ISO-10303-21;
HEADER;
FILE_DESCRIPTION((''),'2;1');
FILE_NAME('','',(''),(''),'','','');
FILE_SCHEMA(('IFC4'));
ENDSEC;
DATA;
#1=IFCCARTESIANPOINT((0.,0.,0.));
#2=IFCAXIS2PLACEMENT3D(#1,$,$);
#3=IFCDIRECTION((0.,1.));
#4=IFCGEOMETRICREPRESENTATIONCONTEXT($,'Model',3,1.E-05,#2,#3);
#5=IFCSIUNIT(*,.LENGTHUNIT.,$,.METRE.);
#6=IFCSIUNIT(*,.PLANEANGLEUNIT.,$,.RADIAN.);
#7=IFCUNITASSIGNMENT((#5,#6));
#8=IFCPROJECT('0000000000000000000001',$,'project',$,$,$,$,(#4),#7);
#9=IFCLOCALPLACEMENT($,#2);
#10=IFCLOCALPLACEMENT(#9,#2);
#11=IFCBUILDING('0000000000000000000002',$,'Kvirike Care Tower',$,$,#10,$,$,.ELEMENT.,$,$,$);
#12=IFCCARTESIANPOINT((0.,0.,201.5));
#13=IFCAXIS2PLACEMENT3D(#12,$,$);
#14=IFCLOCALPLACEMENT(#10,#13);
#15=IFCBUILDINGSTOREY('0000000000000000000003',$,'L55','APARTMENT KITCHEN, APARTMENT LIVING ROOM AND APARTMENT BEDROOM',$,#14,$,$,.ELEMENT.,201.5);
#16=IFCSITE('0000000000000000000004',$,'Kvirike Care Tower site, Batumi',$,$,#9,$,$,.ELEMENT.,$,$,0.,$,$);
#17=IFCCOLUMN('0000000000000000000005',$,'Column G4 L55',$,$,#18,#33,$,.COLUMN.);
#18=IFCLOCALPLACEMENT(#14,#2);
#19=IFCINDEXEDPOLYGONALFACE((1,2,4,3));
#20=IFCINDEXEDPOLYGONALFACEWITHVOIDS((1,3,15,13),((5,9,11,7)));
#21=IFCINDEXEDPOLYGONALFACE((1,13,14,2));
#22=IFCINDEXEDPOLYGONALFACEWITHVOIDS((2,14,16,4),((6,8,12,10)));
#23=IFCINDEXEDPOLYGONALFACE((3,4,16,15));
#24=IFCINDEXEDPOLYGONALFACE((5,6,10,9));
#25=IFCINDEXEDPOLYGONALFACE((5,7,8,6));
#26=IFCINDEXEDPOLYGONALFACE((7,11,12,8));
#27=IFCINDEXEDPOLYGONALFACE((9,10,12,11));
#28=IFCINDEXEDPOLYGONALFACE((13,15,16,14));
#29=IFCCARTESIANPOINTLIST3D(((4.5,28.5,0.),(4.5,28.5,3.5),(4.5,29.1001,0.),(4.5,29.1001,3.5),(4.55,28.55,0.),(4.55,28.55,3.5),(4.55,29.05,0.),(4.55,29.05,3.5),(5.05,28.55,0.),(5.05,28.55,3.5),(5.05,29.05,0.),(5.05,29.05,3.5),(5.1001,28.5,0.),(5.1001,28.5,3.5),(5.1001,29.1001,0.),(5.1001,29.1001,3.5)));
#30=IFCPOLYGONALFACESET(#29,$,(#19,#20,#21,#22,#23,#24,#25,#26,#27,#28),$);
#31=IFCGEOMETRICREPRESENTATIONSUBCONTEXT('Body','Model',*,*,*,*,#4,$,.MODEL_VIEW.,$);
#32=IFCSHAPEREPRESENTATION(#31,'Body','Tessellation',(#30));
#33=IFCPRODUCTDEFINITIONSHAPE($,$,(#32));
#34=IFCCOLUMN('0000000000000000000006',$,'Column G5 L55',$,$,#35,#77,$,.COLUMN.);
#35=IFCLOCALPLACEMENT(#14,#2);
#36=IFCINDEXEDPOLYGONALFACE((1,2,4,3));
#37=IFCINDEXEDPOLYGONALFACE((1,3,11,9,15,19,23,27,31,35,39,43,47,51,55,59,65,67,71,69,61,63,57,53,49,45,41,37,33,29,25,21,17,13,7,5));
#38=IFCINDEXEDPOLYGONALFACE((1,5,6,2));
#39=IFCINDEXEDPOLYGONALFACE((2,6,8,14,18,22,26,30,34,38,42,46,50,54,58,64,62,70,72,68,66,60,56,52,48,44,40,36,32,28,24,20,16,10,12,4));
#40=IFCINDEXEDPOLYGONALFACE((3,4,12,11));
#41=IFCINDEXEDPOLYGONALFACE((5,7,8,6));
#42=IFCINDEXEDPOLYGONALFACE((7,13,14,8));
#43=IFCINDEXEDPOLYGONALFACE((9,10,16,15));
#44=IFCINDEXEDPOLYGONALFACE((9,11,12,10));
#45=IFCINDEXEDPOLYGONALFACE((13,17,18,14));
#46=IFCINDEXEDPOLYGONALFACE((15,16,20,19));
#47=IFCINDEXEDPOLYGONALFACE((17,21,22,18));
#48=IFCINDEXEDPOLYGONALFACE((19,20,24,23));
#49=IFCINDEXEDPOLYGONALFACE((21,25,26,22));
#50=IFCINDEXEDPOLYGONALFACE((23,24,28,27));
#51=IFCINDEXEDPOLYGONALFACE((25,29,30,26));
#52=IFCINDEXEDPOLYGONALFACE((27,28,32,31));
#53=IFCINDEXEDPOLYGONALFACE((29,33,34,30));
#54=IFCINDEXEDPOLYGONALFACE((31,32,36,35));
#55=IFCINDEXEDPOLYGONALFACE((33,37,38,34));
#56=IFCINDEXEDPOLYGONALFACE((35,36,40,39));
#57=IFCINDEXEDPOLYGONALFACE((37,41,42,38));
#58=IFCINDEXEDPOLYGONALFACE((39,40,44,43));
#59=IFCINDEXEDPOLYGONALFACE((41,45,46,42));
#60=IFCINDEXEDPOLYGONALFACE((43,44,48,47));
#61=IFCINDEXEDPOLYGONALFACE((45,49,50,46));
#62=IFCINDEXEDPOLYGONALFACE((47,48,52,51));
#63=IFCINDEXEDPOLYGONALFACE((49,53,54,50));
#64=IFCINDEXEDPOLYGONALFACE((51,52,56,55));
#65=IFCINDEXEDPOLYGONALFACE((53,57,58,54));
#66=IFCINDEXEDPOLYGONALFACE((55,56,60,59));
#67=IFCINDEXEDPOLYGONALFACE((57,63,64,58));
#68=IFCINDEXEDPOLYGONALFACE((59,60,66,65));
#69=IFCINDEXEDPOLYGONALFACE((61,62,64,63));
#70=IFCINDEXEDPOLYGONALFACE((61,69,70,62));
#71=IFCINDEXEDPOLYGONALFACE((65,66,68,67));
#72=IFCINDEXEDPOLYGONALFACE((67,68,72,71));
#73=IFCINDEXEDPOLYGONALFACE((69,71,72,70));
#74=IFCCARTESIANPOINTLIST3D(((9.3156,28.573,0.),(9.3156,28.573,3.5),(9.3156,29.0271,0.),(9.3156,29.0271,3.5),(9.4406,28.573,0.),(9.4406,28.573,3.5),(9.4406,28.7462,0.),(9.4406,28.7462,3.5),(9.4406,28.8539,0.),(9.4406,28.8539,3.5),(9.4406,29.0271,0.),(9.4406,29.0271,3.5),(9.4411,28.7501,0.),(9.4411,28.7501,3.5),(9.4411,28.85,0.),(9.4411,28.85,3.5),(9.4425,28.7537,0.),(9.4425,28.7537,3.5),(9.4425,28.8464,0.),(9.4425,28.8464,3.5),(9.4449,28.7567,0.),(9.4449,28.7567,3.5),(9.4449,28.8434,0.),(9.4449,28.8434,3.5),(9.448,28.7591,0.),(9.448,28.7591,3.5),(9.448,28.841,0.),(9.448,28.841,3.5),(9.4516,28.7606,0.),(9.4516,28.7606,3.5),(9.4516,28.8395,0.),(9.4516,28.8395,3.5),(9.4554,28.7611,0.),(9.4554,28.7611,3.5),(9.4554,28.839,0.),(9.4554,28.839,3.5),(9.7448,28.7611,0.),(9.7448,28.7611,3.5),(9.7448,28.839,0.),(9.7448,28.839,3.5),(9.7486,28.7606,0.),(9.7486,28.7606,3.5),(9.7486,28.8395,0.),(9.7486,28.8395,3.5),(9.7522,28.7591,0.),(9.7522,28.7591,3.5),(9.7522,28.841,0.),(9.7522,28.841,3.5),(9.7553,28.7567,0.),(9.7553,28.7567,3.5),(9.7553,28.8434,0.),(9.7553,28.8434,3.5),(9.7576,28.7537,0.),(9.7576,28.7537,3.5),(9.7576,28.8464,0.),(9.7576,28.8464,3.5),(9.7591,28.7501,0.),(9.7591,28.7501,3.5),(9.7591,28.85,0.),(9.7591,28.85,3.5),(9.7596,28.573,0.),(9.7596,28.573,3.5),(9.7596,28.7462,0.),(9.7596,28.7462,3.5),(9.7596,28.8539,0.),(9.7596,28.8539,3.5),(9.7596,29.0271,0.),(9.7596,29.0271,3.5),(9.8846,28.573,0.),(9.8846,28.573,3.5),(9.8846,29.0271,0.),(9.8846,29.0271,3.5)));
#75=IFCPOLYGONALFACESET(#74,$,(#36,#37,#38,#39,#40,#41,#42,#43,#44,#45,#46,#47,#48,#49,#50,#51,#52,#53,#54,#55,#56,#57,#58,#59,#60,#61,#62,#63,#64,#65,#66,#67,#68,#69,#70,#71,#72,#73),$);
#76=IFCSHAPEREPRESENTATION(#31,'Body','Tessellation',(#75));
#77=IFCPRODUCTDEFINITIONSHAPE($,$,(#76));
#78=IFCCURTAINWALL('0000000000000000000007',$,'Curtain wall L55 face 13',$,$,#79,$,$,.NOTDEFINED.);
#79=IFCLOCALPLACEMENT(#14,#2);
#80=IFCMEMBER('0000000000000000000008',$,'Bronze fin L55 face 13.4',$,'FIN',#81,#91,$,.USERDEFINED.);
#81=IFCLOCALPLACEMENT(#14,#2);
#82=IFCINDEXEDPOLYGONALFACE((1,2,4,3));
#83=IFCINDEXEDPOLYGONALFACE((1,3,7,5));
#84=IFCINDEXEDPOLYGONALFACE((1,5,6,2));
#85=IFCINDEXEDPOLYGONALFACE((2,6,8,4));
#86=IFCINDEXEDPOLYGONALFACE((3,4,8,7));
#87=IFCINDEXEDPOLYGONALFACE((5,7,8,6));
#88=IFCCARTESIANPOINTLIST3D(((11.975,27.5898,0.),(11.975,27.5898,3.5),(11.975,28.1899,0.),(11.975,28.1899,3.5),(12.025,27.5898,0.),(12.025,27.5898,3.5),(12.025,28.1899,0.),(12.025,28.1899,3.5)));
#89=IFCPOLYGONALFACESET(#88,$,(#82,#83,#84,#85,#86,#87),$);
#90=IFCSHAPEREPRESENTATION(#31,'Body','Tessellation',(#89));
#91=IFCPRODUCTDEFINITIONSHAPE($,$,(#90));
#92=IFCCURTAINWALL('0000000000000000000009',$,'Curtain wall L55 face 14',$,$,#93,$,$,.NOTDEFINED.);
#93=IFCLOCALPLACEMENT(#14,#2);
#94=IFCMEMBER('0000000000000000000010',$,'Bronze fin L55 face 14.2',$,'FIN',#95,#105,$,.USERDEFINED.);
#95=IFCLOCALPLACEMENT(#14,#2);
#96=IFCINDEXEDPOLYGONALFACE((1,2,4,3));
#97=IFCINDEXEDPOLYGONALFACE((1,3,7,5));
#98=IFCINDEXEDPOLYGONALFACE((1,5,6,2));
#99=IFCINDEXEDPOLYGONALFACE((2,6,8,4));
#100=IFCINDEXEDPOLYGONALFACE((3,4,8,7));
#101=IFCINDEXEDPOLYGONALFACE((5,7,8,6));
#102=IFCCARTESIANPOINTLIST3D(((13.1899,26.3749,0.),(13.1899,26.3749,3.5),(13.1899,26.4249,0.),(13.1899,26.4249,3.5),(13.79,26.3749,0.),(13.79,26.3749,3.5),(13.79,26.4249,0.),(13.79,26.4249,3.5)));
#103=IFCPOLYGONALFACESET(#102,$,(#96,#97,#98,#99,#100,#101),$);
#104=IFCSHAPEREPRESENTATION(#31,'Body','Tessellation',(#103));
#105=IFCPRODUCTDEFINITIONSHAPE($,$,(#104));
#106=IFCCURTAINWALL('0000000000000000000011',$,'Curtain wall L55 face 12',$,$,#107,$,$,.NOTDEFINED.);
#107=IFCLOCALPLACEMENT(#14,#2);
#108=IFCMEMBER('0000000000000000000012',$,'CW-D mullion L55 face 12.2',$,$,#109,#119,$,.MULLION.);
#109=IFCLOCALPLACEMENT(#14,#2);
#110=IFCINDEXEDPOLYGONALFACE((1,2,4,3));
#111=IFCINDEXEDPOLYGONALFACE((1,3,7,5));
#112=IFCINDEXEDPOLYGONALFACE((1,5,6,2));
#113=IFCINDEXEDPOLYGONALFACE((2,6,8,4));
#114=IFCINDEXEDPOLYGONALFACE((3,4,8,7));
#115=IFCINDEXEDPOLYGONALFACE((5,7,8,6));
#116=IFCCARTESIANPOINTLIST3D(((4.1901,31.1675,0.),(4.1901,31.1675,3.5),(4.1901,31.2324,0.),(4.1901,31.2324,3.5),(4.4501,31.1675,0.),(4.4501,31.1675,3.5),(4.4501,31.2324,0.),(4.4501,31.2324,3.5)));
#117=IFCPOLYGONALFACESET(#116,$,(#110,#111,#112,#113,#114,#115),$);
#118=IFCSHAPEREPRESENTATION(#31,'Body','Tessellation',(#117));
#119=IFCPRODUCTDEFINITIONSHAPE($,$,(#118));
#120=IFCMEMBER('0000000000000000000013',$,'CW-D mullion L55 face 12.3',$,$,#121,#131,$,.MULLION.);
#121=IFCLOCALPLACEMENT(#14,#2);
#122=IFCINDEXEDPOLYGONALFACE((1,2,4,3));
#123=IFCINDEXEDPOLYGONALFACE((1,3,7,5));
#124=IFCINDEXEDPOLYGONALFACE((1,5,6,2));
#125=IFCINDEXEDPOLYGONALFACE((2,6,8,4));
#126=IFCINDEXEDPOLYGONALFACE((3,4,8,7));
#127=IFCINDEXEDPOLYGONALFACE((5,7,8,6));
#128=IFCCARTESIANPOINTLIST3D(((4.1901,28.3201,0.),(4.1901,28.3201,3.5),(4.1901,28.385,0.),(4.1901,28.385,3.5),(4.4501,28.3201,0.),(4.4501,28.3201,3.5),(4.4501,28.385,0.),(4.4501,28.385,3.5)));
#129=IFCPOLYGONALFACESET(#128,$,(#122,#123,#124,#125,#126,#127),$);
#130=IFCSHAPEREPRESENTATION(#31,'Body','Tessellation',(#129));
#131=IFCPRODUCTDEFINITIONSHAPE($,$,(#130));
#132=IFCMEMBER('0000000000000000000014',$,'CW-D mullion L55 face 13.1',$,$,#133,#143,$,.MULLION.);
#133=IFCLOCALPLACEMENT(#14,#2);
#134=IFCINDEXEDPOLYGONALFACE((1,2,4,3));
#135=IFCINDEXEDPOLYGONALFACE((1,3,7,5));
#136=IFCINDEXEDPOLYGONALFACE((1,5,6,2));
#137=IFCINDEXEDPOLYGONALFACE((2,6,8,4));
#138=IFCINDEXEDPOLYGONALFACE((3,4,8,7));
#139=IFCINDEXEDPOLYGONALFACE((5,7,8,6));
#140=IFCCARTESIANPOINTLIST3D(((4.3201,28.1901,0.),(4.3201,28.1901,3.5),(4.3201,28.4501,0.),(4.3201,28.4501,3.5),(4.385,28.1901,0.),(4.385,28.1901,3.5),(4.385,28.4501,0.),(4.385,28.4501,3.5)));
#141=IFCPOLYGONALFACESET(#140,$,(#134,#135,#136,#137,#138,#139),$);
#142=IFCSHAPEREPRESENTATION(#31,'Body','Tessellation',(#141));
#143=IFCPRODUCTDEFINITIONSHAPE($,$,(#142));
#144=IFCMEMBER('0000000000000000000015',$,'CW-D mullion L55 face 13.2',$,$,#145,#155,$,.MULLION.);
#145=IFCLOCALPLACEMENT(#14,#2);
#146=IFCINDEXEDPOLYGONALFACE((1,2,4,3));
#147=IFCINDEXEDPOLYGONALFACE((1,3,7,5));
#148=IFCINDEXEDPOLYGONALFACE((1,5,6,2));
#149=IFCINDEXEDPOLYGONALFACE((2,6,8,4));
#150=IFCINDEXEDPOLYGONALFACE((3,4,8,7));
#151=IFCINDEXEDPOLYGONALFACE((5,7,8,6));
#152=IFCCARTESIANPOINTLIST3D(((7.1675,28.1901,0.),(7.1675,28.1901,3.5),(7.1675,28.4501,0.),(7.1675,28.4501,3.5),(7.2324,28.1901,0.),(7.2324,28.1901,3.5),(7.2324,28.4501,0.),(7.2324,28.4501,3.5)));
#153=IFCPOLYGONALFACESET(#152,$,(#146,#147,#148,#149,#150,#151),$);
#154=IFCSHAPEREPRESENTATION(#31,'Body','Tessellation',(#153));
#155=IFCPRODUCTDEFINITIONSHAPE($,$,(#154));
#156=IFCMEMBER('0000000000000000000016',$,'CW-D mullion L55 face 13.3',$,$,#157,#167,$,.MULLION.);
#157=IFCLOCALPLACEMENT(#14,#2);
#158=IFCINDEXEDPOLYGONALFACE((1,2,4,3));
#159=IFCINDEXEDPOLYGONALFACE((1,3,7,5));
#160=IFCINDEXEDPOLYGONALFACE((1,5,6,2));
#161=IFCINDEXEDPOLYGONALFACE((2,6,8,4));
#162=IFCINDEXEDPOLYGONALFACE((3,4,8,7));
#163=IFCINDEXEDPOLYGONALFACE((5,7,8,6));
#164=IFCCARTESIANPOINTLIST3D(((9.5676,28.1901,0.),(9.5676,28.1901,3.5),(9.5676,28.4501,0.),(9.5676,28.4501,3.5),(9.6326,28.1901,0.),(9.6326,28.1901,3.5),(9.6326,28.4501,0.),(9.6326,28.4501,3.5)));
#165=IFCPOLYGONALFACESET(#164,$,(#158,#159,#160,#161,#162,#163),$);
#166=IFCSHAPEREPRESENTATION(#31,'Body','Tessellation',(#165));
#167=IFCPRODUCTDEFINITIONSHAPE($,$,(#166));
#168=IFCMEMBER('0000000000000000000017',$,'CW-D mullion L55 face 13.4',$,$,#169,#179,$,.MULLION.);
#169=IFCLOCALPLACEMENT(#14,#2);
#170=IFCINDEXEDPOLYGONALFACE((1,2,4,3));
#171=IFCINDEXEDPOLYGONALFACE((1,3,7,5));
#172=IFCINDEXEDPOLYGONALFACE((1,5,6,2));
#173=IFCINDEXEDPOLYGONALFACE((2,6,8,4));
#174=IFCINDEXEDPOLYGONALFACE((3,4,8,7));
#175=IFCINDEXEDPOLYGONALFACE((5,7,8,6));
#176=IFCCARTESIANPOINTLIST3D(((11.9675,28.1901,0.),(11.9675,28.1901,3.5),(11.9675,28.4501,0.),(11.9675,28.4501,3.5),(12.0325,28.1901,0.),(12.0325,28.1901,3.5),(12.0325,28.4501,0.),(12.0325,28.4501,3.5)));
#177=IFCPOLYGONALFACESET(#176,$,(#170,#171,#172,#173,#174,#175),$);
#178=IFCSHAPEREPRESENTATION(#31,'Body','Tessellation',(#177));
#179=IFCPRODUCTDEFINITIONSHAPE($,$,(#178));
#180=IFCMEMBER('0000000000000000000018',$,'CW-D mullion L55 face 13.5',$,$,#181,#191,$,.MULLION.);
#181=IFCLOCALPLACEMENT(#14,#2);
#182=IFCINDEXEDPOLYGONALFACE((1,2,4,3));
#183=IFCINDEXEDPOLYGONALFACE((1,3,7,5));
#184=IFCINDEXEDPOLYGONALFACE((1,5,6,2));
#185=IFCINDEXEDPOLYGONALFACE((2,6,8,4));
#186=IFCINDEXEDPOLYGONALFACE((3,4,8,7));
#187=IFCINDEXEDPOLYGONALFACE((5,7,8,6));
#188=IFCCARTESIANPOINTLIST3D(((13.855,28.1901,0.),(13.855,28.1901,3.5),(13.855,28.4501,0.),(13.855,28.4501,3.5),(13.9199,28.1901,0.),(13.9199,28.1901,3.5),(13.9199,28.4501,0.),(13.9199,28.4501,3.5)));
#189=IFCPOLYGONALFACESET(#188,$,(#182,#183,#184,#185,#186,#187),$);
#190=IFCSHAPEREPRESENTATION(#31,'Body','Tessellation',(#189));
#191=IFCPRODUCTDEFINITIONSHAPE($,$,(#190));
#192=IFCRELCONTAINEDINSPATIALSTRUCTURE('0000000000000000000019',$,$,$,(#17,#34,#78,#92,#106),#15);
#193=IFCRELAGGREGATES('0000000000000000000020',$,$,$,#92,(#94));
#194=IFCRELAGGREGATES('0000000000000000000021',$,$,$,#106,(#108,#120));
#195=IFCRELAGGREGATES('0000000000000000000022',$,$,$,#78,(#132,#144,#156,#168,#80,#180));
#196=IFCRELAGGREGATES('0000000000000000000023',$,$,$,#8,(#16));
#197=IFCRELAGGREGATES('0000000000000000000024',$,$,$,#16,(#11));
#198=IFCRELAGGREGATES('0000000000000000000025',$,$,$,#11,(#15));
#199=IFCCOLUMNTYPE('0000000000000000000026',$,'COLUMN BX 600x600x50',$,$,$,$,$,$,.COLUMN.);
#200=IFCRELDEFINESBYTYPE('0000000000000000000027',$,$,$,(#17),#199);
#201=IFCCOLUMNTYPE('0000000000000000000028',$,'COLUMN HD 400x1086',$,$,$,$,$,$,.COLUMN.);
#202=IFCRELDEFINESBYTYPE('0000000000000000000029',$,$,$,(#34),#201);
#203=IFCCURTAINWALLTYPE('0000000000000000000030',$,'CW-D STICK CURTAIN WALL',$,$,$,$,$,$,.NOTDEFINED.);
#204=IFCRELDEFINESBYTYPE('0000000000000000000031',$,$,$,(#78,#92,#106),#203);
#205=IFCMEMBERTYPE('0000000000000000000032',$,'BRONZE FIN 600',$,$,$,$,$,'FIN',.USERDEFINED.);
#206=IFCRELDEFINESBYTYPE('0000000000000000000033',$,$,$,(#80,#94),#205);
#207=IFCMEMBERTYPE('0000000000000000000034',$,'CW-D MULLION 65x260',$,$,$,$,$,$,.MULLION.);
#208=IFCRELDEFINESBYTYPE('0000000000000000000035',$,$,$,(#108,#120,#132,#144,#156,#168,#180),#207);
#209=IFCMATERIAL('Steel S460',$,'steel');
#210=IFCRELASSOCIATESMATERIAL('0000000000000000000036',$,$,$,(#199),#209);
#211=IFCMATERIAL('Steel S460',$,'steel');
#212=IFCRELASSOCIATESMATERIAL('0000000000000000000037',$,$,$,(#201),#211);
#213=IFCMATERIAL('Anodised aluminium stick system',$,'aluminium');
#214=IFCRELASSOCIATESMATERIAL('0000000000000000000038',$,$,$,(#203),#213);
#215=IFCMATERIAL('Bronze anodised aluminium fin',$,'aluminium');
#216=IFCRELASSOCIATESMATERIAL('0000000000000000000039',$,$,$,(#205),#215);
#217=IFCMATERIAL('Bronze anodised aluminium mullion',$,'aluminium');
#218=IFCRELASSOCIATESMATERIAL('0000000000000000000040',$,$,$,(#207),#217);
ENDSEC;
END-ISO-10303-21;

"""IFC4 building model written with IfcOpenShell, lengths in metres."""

from ifc_helpers import new_model, si_unit, direction, frame, origin, origin_2d, place, context, subcontext, project, spatial, rectangle, hollow_rectangle, i_section, extrude, material, material_profile, profile_set, type_object, element, aggregate, save


model = new_model("IFC4")

# Units and contexts
model_context = context("Model", 3, precision=1e-05, world=origin(), true_north=direction((0.0, 1.0)))
body_context = subcontext(model_context, "Body", "Model", "MODEL_VIEW")
ifc_project = project(units=[si_unit("LENGTHUNIT", "METRE"), si_unit("PLANEANGLEUNIT", "RADIAN")], contexts=[model_context])

# Site, building, storey
site_placement = place(None, origin())
site = spatial("IfcSite", under=ifc_project, at=site_placement, Name="Kvirike Care Tower site, Batumi", CompositionType="ELEMENT", RefElevation=0.0)
building_placement = place(site_placement, origin())
building = spatial("IfcBuilding", under=site, at=building_placement, Name="Kvirike Care Tower", CompositionType="ELEMENT")
storey_placement = place(building_placement, frame((0.0, 0.0, 201.5)))
storey = spatial("IfcBuildingStorey", under=building, at=storey_placement, Name="L55", Description="APARTMENT KITCHEN, APARTMENT LIVING ROOM AND APARTMENT BEDROOM", CompositionType="ELEMENT", Elevation=201.5)

# Columns
ifc_material_1 = material(Name="Steel S460", Category="steel")
ifc_material_profile_1 = material_profile(ifc_material_1, hollow_rectangle(XDim=0.6001, YDim=0.6001, WallThickness=0.05, at=origin_2d()), Name="BX 600x600x50")
ifc_profile_set_1 = profile_set([ifc_material_profile_1], Name="Steel S460")
column_type_1 = type_object("IfcColumnType", Name="COLUMN BX 600x600x50", PredefinedType="COLUMN", material=ifc_profile_set_1)
column_1_placement = place(storey_placement, frame((4.8, 28.8, 0.0), z_axis=(0.0, 0.0, 1.0), x_axis=(0.0, 1.0, 0.0)))
element("IfcColumn", 1, at=column_1_placement, inside=storey, type_object=column_type_1, Name="Column G4 L55", PredefinedType="COLUMN", context=body_context, shape_type="SweptSolid", body=[
    extrude(hollow_rectangle(XDim=0.6001, YDim=0.6001, WallThickness=0.05, at=origin_2d()), origin(), (0.0, 0.0, 1.0), 3.5),
])
ifc_material_2 = material(Name="Steel S460", Category="steel")
ifc_material_profile_2 = material_profile(ifc_material_2, i_section(OverallWidth=0.4541, OverallDepth=0.5691, WebThickness=0.0779, FlangeThickness=0.125, FilletRadius=0.0149, at=origin_2d()), Name="HD 400x1086")
ifc_profile_set_2 = profile_set([ifc_material_profile_2], Name="Steel S460")
column_type_2 = type_object("IfcColumnType", Name="COLUMN HD 400x1086", PredefinedType="COLUMN", material=ifc_profile_set_2)
column_2_placement = place(storey_placement, frame((9.6001, 28.8, 0.0), z_axis=(0.0, 0.0, 1.0), x_axis=(0.0, 1.0, 0.0)))
element("IfcColumn", 2, at=column_2_placement, inside=storey, type_object=column_type_2, Name="Column G5 L55", PredefinedType="COLUMN", context=body_context, shape_type="SweptSolid", body=[
    extrude(i_section(OverallWidth=0.4541, OverallDepth=0.5691, WebThickness=0.0779, FlangeThickness=0.125, FilletRadius=0.0149, at=origin_2d()), origin(), (0.0, 0.0, 1.0), 3.5),
])

# Curtain walls, members
ifc_material_3 = material(Name="Anodised aluminium stick system", Category="aluminium")
curtain_wall_type = type_object("IfcCurtainWallType", Name="CW-D STICK CURTAIN WALL", PredefinedType="NOTDEFINED", material=ifc_material_3)
curtain_wall_1_placement = place(storey_placement, origin())
curtain_wall_1 = element("IfcCurtainWall", 3, at=curtain_wall_1_placement, inside=storey, type_object=curtain_wall_type, Name="Curtain wall L55 face 13", PredefinedType="NOTDEFINED")
ifc_material_4 = material(Name="Bronze anodised aluminium fin", Category="aluminium")
ifc_material_profile_3 = material_profile(ifc_material_4, rectangle(XDim=0.05, YDim=0.6001, at=origin_2d()), Name="BRONZE FIN 600")
ifc_profile_set_3 = profile_set([ifc_material_profile_3], Name="Bronze anodised aluminium fin")
member_type_1 = type_object("IfcMemberType", Name="BRONZE FIN 600", ElementType="FIN", PredefinedType="USERDEFINED", material=ifc_profile_set_3)
member_1_placement = place(storey_placement, frame((12.0, 27.8899, 0.0), z_axis=(0.0, 0.0, 1.0), x_axis=(1.0, 0.0, 0.0)))
member_1 = element("IfcMember", 4, at=member_1_placement, type_object=member_type_1, Name="Bronze fin L55 face 13.4", ObjectType="FIN", PredefinedType="USERDEFINED", context=body_context, shape_type="SweptSolid", body=[
    extrude(rectangle(XDim=0.05, YDim=0.6001, at=origin_2d()), origin(), (0.0, 0.0, 1.0), 3.5),
])
curtain_wall_2_placement = place(storey_placement, origin())
curtain_wall_2 = element("IfcCurtainWall", 5, at=curtain_wall_2_placement, inside=storey, type_object=curtain_wall_type, Name="Curtain wall L55 face 14", PredefinedType="NOTDEFINED")
member_2_placement = place(storey_placement, frame((13.49, 26.3999, 0.0), z_axis=(0.0, 0.0, 1.0), x_axis=(0.0, -1.0, 0.0)))
member_2 = element("IfcMember", 6, at=member_2_placement, type_object=member_type_1, Name="Bronze fin L55 face 14.2", ObjectType="FIN", PredefinedType="USERDEFINED", context=body_context, shape_type="SweptSolid", body=[
    extrude(rectangle(XDim=0.05, YDim=0.6001, at=origin_2d()), origin(), (0.0, 0.0, 1.0), 3.5),
])
aggregate(curtain_wall_2, [member_2])

# Curtain wall, members
curtain_wall_3_placement = place(storey_placement, origin())
curtain_wall_3 = element("IfcCurtainWall", 7, at=curtain_wall_3_placement, inside=storey, type_object=curtain_wall_type, Name="Curtain wall L55 face 12", PredefinedType="NOTDEFINED")
ifc_material_5 = material(Name="Bronze anodised aluminium mullion", Category="aluminium")
ifc_material_profile_4 = material_profile(ifc_material_5, rectangle(XDim=0.0649, YDim=0.26, at=origin_2d()), Name="CW-D MULLION 65x260")
ifc_profile_set_4 = profile_set([ifc_material_profile_4], Name="Bronze anodised aluminium mullion")
member_type_2 = type_object("IfcMemberType", Name="CW-D MULLION 65x260", PredefinedType="MULLION", material=ifc_profile_set_4)
member_3_placement = place(storey_placement, frame((4.3201, 31.2, 0.0), z_axis=(0.0, 0.0, 1.0), x_axis=(0.0, -1.0, 0.0)))
member_3 = element("IfcMember", 8, at=member_3_placement, type_object=member_type_2, Name="CW-D mullion L55 face 12.2", PredefinedType="MULLION", context=body_context, shape_type="SweptSolid", body=[
    extrude(rectangle(XDim=0.0649, YDim=0.26, at=origin_2d()), origin(), (0.0, 0.0, 1.0), 3.5),
])
member_4_placement = place(storey_placement, frame((4.3201, 28.3525, 0.0), z_axis=(0.0, 0.0, 1.0), x_axis=(0.0, -1.0, 0.0)))
member_4 = element("IfcMember", 9, at=member_4_placement, type_object=member_type_2, Name="CW-D mullion L55 face 12.3", PredefinedType="MULLION", context=body_context, shape_type="SweptSolid", body=[
    extrude(rectangle(XDim=0.0649, YDim=0.26, at=origin_2d()), origin(), (0.0, 0.0, 1.0), 3.5),
])

# Members
member_5_placement = place(storey_placement, frame((4.3525, 28.3201, 0.0), z_axis=(0.0, 0.0, 1.0), x_axis=(1.0, 0.0, 0.0)))
member_5 = element("IfcMember", 10, at=member_5_placement, type_object=member_type_2, Name="CW-D mullion L55 face 13.1", PredefinedType="MULLION", context=body_context, shape_type="SweptSolid", body=[
    extrude(rectangle(XDim=0.0649, YDim=0.26, at=origin_2d()), origin(), (0.0, 0.0, 1.0), 3.5),
])
member_6_placement = place(storey_placement, frame((7.2, 28.3201, 0.0), z_axis=(0.0, 0.0, 1.0), x_axis=(1.0, 0.0, 0.0)))
member_6 = element("IfcMember", 11, at=member_6_placement, type_object=member_type_2, Name="CW-D mullion L55 face 13.2", PredefinedType="MULLION", context=body_context, shape_type="SweptSolid", body=[
    extrude(rectangle(XDim=0.0649, YDim=0.26, at=origin_2d()), origin(), (0.0, 0.0, 1.0), 3.5),
])
member_7_placement = place(storey_placement, frame((9.6001, 28.3201, 0.0), z_axis=(0.0, 0.0, 1.0), x_axis=(1.0, 0.0, 0.0)))
member_7 = element("IfcMember", 12, at=member_7_placement, type_object=member_type_2, Name="CW-D mullion L55 face 13.3", PredefinedType="MULLION", context=body_context, shape_type="SweptSolid", body=[
    extrude(rectangle(XDim=0.0649, YDim=0.26, at=origin_2d()), origin(), (0.0, 0.0, 1.0), 3.5),
])
member_8_placement = place(storey_placement, frame((12.0, 28.3201, 0.0), z_axis=(0.0, 0.0, 1.0), x_axis=(1.0, 0.0, 0.0)))
member_8 = element("IfcMember", 13, at=member_8_placement, type_object=member_type_2, Name="CW-D mullion L55 face 13.4", PredefinedType="MULLION", context=body_context, shape_type="SweptSolid", body=[
    extrude(rectangle(XDim=0.0649, YDim=0.26, at=origin_2d()), origin(), (0.0, 0.0, 1.0), 3.5),
])
member_9_placement = place(storey_placement, frame((13.8875, 28.3201, 0.0), z_axis=(0.0, 0.0, 1.0), x_axis=(1.0, 0.0, 0.0)))
member_9 = element("IfcMember", 14, at=member_9_placement, type_object=member_type_2, Name="CW-D mullion L55 face 13.5", PredefinedType="MULLION", context=body_context, shape_type="SweptSolid", body=[
    extrude(rectangle(XDim=0.0649, YDim=0.26, at=origin_2d()), origin(), (0.0, 0.0, 1.0), 3.5),
])

aggregate(curtain_wall_3, [member_3, member_4])
aggregate(curtain_wall_1, [member_5, member_6, member_7, member_8, member_1, member_9])

save(model, "model.ifc")
